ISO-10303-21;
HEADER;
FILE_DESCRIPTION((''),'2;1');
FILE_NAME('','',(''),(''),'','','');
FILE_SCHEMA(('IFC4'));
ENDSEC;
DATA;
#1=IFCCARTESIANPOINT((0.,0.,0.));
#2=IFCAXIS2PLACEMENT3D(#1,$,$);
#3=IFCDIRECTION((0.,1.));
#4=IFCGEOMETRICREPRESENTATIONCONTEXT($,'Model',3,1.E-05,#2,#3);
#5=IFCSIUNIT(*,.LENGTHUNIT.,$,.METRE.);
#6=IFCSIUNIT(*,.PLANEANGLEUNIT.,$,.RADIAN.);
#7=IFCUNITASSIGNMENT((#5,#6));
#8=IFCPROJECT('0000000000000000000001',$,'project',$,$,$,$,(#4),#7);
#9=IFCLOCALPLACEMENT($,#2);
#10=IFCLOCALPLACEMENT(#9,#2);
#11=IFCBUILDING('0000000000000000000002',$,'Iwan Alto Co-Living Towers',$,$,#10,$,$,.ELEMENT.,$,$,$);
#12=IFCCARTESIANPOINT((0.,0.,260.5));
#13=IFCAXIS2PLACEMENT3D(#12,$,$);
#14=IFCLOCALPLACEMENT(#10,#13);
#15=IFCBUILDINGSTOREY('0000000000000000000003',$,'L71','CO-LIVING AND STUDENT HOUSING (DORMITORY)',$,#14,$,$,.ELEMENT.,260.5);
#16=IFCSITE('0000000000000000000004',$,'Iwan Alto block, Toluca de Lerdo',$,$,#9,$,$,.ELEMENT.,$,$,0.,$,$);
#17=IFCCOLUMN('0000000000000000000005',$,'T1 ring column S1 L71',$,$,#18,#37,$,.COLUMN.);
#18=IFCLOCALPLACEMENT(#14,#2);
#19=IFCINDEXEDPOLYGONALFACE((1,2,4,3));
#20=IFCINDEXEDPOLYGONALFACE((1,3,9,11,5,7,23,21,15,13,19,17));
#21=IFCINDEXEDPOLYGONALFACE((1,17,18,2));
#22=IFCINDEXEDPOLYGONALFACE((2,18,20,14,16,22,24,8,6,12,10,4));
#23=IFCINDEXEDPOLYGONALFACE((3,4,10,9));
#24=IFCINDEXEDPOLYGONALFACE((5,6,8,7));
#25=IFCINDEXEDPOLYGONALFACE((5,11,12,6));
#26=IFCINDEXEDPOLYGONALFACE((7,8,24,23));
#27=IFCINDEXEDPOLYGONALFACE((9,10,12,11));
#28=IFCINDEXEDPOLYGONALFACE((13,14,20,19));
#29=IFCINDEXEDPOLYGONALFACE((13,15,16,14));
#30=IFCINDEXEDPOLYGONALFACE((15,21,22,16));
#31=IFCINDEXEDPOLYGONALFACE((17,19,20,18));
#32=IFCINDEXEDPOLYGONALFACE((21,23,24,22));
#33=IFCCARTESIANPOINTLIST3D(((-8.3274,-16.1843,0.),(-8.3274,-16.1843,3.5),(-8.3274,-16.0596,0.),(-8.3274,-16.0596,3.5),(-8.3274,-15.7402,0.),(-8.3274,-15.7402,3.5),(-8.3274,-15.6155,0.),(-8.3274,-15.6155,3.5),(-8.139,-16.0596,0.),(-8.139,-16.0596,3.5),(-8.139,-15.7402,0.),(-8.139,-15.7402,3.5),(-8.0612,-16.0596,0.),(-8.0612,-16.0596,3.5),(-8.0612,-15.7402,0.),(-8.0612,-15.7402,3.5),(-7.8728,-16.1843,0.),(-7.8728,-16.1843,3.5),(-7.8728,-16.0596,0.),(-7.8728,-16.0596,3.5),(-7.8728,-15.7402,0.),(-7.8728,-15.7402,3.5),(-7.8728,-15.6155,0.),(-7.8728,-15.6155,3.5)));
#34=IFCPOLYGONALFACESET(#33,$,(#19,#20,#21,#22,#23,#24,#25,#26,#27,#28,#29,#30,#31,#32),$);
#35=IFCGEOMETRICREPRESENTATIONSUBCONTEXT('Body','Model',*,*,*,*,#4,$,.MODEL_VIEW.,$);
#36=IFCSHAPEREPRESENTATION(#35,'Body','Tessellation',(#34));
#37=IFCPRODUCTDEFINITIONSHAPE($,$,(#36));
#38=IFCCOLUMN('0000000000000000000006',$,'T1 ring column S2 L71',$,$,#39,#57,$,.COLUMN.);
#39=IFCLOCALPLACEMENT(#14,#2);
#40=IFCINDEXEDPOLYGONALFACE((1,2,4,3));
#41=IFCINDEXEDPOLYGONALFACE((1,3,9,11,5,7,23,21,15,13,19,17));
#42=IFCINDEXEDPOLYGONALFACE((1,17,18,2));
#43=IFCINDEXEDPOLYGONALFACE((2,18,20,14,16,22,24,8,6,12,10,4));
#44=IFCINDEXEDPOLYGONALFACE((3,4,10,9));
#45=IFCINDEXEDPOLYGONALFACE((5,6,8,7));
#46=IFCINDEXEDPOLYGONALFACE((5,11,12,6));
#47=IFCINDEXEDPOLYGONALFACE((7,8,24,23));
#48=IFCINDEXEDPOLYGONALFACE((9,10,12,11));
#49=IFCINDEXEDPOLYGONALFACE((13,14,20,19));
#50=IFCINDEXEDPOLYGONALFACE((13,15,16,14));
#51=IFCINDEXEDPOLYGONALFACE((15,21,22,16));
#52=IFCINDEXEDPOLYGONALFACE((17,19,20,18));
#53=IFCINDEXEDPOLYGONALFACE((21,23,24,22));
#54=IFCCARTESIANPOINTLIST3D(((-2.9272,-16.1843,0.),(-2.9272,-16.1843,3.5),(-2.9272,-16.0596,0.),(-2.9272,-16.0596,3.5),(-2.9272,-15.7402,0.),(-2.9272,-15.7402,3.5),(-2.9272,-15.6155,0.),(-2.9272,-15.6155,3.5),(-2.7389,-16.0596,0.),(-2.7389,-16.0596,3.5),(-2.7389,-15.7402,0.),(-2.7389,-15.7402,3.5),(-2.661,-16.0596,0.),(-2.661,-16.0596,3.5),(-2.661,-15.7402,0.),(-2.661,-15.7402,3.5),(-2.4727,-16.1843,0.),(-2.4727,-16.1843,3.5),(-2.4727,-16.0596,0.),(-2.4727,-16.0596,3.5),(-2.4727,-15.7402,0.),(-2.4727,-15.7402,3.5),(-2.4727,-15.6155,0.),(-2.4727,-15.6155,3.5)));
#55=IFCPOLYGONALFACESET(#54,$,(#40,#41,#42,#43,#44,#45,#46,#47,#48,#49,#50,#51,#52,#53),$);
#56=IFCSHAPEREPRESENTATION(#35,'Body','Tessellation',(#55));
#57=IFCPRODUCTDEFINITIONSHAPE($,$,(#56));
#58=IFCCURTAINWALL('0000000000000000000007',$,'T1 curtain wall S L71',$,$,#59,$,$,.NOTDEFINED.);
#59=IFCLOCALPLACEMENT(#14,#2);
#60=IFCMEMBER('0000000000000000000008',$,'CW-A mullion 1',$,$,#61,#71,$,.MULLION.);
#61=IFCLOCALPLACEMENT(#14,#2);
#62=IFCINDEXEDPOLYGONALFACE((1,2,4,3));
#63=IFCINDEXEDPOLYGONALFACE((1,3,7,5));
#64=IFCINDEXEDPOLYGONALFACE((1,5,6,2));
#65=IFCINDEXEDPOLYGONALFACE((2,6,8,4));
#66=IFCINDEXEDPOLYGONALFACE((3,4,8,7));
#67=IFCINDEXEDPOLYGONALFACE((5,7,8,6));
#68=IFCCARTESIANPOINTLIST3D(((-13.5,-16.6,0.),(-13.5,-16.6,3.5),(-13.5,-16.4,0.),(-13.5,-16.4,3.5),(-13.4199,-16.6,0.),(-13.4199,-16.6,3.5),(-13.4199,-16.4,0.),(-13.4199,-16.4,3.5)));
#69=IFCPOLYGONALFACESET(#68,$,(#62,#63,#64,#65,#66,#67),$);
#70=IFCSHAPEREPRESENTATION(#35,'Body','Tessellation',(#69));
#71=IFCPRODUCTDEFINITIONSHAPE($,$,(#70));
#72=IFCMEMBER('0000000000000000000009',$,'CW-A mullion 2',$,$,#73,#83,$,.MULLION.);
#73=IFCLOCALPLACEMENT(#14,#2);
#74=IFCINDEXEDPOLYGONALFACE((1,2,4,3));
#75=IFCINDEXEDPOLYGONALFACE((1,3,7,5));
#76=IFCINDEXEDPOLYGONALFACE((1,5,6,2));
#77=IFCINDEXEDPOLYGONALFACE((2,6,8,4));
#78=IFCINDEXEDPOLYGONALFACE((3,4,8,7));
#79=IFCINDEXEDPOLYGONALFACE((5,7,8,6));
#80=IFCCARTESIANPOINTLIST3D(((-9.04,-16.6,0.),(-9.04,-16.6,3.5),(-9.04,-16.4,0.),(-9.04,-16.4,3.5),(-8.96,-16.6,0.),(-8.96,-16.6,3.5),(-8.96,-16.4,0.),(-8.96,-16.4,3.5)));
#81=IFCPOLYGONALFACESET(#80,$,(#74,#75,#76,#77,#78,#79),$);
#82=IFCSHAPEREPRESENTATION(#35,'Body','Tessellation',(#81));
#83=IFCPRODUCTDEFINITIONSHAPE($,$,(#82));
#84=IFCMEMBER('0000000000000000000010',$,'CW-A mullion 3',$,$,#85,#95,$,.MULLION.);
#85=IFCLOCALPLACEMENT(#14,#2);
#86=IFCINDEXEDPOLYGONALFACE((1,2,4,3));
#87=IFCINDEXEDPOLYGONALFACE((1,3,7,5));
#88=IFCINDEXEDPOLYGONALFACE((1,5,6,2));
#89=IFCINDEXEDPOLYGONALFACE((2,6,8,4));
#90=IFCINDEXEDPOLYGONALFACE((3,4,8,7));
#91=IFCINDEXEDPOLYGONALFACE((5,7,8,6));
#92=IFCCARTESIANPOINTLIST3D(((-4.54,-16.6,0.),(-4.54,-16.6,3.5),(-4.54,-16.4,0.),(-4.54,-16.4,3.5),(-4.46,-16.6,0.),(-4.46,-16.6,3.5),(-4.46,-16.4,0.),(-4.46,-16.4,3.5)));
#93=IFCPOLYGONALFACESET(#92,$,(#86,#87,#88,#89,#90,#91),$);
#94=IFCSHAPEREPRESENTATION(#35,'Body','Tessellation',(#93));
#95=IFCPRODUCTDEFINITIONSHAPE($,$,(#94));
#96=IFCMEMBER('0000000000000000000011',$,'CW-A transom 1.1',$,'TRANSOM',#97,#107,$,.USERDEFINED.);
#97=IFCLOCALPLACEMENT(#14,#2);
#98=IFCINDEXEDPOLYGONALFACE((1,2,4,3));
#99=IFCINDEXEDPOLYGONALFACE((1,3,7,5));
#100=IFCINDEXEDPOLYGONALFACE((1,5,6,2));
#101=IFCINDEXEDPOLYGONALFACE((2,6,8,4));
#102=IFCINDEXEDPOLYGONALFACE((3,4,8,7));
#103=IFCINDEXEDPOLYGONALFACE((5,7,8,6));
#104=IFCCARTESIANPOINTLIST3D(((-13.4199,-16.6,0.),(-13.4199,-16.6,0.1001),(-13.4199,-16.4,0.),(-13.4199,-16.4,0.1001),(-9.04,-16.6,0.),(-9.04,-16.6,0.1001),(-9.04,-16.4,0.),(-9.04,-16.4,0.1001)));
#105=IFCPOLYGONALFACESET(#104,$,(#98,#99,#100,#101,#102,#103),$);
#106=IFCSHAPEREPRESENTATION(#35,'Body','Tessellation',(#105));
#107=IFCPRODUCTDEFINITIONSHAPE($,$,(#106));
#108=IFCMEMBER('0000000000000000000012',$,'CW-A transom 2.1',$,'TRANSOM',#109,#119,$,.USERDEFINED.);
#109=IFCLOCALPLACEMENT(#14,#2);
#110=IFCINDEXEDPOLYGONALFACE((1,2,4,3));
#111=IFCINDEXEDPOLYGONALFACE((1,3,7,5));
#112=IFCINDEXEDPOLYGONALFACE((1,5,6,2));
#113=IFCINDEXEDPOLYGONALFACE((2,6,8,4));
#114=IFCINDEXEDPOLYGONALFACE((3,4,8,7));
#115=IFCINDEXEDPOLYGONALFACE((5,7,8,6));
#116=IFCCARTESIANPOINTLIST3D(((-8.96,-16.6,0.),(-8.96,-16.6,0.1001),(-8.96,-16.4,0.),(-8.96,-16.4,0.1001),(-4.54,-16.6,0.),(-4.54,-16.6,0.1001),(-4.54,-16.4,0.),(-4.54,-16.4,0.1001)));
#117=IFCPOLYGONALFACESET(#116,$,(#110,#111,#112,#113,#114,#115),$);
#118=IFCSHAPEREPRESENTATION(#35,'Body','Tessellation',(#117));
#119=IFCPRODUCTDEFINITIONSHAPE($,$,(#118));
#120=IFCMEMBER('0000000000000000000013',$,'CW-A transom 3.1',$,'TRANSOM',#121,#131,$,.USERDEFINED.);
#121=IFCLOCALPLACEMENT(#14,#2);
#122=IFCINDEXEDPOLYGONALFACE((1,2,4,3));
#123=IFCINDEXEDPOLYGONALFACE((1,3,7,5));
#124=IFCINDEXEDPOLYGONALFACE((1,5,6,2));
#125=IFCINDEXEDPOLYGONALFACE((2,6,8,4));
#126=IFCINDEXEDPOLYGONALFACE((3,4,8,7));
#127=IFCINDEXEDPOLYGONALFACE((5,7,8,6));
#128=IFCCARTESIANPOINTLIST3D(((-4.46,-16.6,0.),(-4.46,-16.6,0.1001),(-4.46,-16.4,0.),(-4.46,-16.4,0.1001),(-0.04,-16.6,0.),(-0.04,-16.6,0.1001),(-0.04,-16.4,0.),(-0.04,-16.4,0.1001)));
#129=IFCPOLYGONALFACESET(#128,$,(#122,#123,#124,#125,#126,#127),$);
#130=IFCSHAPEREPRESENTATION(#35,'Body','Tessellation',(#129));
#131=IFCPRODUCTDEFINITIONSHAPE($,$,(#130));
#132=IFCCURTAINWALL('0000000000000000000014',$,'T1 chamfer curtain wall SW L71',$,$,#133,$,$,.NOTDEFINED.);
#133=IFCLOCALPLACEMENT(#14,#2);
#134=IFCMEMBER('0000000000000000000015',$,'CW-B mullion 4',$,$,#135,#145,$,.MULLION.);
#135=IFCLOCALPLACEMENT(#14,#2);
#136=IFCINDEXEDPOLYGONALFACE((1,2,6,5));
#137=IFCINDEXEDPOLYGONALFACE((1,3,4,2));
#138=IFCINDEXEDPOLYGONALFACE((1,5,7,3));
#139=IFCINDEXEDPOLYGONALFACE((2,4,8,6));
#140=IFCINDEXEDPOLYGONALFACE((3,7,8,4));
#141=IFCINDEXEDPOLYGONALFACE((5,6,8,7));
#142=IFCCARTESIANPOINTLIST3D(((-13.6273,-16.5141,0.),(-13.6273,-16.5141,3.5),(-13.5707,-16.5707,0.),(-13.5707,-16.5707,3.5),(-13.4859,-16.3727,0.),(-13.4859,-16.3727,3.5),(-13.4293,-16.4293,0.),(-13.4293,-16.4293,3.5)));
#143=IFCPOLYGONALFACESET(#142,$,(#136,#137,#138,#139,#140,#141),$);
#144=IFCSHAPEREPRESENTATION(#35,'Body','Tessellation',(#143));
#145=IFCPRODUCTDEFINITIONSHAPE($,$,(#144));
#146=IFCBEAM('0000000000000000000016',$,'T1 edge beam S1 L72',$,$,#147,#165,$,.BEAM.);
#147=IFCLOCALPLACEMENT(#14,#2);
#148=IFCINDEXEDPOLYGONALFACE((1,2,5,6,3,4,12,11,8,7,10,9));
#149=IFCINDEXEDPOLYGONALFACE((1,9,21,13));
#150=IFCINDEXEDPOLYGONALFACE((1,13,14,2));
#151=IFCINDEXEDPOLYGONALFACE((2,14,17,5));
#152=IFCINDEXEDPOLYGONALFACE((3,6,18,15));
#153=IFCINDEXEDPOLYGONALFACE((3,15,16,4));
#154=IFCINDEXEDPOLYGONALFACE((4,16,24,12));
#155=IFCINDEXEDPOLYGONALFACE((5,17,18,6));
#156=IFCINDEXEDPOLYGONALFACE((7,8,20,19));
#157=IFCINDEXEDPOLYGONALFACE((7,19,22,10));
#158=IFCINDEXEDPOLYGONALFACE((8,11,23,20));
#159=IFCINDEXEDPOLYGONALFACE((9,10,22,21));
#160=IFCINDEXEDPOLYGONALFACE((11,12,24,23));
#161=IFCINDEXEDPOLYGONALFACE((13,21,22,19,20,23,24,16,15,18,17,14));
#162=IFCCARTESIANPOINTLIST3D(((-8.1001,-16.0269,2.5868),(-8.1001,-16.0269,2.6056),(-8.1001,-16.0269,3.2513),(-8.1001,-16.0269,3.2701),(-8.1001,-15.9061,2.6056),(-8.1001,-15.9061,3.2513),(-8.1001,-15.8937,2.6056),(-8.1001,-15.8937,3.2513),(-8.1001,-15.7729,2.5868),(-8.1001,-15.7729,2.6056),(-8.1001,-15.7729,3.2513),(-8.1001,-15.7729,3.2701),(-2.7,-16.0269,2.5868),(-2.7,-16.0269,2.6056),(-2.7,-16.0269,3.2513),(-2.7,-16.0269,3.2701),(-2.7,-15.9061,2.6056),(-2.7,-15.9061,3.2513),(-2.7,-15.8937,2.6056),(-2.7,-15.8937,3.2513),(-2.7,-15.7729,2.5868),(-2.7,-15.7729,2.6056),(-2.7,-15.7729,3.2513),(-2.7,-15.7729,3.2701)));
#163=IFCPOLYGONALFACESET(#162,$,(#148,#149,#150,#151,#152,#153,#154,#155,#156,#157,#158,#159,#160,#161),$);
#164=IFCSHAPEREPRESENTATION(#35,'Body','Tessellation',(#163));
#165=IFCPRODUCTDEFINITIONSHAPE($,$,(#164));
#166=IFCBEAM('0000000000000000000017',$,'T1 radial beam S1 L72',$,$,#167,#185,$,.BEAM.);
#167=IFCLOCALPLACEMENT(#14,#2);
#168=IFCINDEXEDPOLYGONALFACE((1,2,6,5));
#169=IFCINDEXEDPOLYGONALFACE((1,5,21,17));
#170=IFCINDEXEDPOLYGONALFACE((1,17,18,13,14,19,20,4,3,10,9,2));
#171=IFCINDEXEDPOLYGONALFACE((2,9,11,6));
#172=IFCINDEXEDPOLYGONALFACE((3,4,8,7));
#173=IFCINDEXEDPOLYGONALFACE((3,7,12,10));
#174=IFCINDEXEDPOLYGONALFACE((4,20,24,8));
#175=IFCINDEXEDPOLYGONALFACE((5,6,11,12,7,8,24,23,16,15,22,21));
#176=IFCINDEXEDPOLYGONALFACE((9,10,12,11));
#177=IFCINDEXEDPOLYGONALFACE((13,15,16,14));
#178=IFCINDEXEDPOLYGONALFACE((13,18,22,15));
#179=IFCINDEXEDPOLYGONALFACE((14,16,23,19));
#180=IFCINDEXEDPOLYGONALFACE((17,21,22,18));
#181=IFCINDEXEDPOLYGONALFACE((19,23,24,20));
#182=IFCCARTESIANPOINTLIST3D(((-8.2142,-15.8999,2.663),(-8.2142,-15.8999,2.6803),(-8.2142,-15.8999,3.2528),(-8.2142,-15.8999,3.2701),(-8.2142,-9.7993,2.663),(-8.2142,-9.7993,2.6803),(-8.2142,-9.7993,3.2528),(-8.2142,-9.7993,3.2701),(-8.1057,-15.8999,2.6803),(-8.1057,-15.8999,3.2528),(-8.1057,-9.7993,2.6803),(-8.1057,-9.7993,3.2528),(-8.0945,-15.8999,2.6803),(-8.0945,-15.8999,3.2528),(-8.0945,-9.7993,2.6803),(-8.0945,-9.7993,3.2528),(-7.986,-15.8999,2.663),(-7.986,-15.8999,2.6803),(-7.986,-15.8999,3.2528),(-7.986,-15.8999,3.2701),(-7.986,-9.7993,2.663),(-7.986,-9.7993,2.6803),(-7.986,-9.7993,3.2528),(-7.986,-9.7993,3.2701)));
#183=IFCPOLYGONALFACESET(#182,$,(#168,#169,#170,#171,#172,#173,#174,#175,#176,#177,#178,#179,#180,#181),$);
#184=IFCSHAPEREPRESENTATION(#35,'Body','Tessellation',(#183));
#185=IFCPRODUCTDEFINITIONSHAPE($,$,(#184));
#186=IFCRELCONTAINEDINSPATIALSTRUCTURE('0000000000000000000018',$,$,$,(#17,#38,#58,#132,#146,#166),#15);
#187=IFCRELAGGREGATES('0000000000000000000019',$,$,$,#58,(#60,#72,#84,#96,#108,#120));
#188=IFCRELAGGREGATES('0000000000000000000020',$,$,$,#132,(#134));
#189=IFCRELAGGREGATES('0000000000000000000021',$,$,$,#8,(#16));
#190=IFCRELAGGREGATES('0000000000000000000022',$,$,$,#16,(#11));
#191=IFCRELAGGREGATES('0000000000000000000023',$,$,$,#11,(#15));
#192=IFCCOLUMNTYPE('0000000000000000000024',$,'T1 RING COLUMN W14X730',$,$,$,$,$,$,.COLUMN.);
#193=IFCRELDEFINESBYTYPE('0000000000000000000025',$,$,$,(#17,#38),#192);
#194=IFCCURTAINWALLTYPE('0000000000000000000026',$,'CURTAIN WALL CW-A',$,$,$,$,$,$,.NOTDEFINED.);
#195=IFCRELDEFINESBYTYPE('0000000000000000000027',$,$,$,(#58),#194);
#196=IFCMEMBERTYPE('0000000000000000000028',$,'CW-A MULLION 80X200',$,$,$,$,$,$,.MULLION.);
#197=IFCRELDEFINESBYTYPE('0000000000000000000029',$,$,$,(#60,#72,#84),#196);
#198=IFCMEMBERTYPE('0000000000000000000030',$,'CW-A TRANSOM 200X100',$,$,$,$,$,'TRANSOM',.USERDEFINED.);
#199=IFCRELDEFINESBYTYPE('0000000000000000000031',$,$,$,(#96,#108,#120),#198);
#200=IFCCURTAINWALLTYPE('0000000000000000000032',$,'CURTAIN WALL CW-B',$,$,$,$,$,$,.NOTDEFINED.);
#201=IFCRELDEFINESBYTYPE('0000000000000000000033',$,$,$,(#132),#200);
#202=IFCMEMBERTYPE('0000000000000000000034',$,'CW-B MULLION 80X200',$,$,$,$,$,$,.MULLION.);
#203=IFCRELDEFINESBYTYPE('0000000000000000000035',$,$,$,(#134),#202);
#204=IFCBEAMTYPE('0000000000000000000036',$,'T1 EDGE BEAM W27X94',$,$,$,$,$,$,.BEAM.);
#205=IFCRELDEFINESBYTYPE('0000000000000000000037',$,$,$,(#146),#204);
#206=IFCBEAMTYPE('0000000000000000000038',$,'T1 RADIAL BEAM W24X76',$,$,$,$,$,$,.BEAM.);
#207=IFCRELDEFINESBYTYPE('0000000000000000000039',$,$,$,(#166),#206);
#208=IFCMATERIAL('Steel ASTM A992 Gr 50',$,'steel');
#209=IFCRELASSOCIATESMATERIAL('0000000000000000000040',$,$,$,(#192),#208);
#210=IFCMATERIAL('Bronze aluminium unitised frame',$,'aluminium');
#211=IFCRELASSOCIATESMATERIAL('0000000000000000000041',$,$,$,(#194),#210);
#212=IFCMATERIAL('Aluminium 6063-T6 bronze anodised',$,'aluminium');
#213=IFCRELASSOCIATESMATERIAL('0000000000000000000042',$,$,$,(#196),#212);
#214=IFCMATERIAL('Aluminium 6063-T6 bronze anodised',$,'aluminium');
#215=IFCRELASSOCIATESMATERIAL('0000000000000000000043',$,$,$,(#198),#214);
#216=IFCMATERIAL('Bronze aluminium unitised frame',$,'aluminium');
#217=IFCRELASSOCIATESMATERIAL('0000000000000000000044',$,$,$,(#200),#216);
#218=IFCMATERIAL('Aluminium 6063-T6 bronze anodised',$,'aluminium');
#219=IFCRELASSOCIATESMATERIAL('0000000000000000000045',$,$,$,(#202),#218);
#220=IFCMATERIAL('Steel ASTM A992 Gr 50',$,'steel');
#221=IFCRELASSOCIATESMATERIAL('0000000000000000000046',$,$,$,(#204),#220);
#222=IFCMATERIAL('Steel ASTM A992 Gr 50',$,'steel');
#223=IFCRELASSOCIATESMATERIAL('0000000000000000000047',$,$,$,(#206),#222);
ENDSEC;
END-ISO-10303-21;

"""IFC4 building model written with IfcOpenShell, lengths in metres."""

from ifc_helpers import new_model, si_unit, direction, frame, origin, origin_2d, place, context, subcontext, project, spatial, rectangle, i_section, extrude, material, material_profile, profile_set, type_object, element, aggregate, save


model = new_model("IFC4")

# Units and contexts
model_context = context("Model", 3, precision=1e-05, world=origin(), true_north=direction((0.0, 1.0)))
body_context = subcontext(model_context, "Body", "Model", "MODEL_VIEW")
ifc_project = project(units=[si_unit("LENGTHUNIT", "METRE"), si_unit("PLANEANGLEUNIT", "RADIAN")], contexts=[model_context])

# Site, building, storey
site_placement = place(None, origin())
site = spatial("IfcSite", under=ifc_project, at=site_placement, Name="Iwan Alto block, Toluca de Lerdo", CompositionType="ELEMENT", RefElevation=0.0)
building_placement = place(site_placement, origin())
building = spatial("IfcBuilding", under=site, at=building_placement, Name="Iwan Alto Co-Living Towers", CompositionType="ELEMENT")
storey_placement = place(building_placement, frame((0.0, 0.0, 260.5)))
storey = spatial("IfcBuildingStorey", under=building, at=storey_placement, Name="L71", Description="CO-LIVING AND STUDENT HOUSING (DORMITORY)", CompositionType="ELEMENT", Elevation=260.5)

# Columns
ifc_material_1 = material(Name="Steel ASTM A992 Gr 50", Category="steel")
ifc_material_profile_1 = material_profile(ifc_material_1, i_section(OverallWidth=0.4546, OverallDepth=0.5688, WebThickness=0.0779, FlangeThickness=0.1248, at=origin_2d()), Name="W14X730")
ifc_profile_set_1 = profile_set([ifc_material_profile_1], Name="Steel ASTM A992 Gr 50")
column_type = type_object("IfcColumnType", Name="T1 RING COLUMN W14X730", PredefinedType="COLUMN", material=ifc_profile_set_1)
for number, where, z_axis, x_axis, name in (
    (1, (-8.1001, -15.8999, 0.0), (0.0, 0.0, 1.0), (1.0, 0.0, 0.0), "T1 ring column S1 L71"),
    (2, (-2.7, -15.8999, 0.0), (0.0, 0.0, 1.0), (1.0, 0.0, 0.0), "T1 ring column S2 L71"),
):
    element("IfcColumn", number, at=place(storey_placement, frame(where, z_axis=z_axis, x_axis=x_axis)), inside=storey, type_object=column_type, Name=name, PredefinedType="COLUMN", context=body_context, shape_type="SweptSolid", body=[
        extrude(i_section(OverallWidth=0.4546, OverallDepth=0.5688, WebThickness=0.0779, FlangeThickness=0.1248, at=origin_2d()), origin(), (0.0, 0.0, 1.0), 3.5),
    ])

# Curtain wall, members
ifc_material_2 = material(Name="Bronze aluminium unitised frame", Category="aluminium")
curtain_wall_type_1 = type_object("IfcCurtainWallType", Name="CURTAIN WALL CW-A", PredefinedType="NOTDEFINED", material=ifc_material_2)
curtain_wall_1_placement = place(storey_placement, origin())
curtain_wall_1 = element("IfcCurtainWall", 3, at=curtain_wall_1_placement, inside=storey, type_object=curtain_wall_type_1, Name="T1 curtain wall S L71", PredefinedType="NOTDEFINED")
ifc_material_3 = material(Name="Aluminium 6063-T6 bronze anodised", Category="aluminium")
ifc_material_profile_2 = material_profile(ifc_material_3, rectangle(XDim=0.2, YDim=0.0801, at=origin_2d()), Name="AL 80X200")
ifc_profile_set_2 = profile_set([ifc_material_profile_2], Name="Aluminium 6063-T6 bronze anodised")
member_type_1 = type_object("IfcMemberType", Name="CW-A MULLION 80X200", PredefinedType="MULLION", material=ifc_profile_set_2)
member_1_placement = place(storey_placement, frame((-13.46, -16.5, 0.0), z_axis=(0.0, 0.0, 1.0), x_axis=(0.0, 1.0, 0.0)))
member_1 = element("IfcMember", 4, at=member_1_placement, type_object=member_type_1, Name="CW-A mullion 1", PredefinedType="MULLION", context=body_context, shape_type="SweptSolid", body=[
    extrude(rectangle(XDim=0.2, YDim=0.0801, at=origin_2d()), origin(), (0.0, 0.0, 1.0), 3.5),
])
member_2_placement = place(storey_placement, frame((-9.0, -16.5, 0.0), z_axis=(0.0, 0.0, 1.0), x_axis=(0.0, 1.0, 0.0)))
member_2 = element("IfcMember", 5, at=member_2_placement, type_object=member_type_1, Name="CW-A mullion 2", PredefinedType="MULLION", context=body_context, shape_type="SweptSolid", body=[
    extrude(rectangle(XDim=0.2, YDim=0.0801, at=origin_2d()), origin(), (0.0, 0.0, 1.0), 3.5),
])
member_3_placement = place(storey_placement, frame((-4.5, -16.5, 0.0), z_axis=(0.0, 0.0, 1.0), x_axis=(0.0, 1.0, 0.0)))
member_3 = element("IfcMember", 6, at=member_3_placement, type_object=member_type_1, Name="CW-A mullion 3", PredefinedType="MULLION", context=body_context, shape_type="SweptSolid", body=[
    extrude(rectangle(XDim=0.2, YDim=0.0801, at=origin_2d()), origin(), (0.0, 0.0, 1.0), 3.5),
])
ifc_material_4 = material(Name="Aluminium 6063-T6 bronze anodised", Category="aluminium")
ifc_material_profile_3 = material_profile(ifc_material_4, rectangle(XDim=0.2, YDim=0.1001, at=origin_2d()), Name="AL 200X100")
ifc_profile_set_3 = profile_set([ifc_material_profile_3], Name="Aluminium 6063-T6 bronze anodised")
member_type_2 = type_object("IfcMemberType", Name="CW-A TRANSOM 200X100", ElementType="TRANSOM", PredefinedType="USERDEFINED", material=ifc_profile_set_3)
member_4_placement = place(storey_placement, frame((-13.4199, -16.5, 0.05), z_axis=(1.0, 0.0, 0.0), x_axis=(0.0, 1.0, 0.0)))
member_4 = element("IfcMember", 7, at=member_4_placement, type_object=member_type_2, Name="CW-A transom 1.1", ObjectType="TRANSOM", PredefinedType="USERDEFINED", context=body_context, shape_type="SweptSolid", body=[
    extrude(rectangle(XDim=0.2, YDim=0.1001, at=origin_2d()), origin(), (0.0, 0.0, 1.0), 4.3799),
])
member_5_placement = place(storey_placement, frame((-8.96, -16.5, 0.05), z_axis=(1.0, 0.0, 0.0), x_axis=(0.0, 1.0, 0.0)))
member_5 = element("IfcMember", 8, at=member_5_placement, type_object=member_type_2, Name="CW-A transom 2.1", ObjectType="TRANSOM", PredefinedType="USERDEFINED", context=body_context, shape_type="SweptSolid", body=[
    extrude(rectangle(XDim=0.2, YDim=0.1001, at=origin_2d()), origin(), (0.0, 0.0, 1.0), 4.4199),
])
member_6_placement = place(storey_placement, frame((-4.46, -16.5, 0.05), z_axis=(1.0, 0.0, 0.0), x_axis=(0.0, 1.0, 0.0)))
member_6 = element("IfcMember", 9, at=member_6_placement, type_object=member_type_2, Name="CW-A transom 3.1", ObjectType="TRANSOM", PredefinedType="USERDEFINED", context=body_context, shape_type="SweptSolid", body=[
    extrude(rectangle(XDim=0.2, YDim=0.1001, at=origin_2d()), origin(), (0.0, 0.0, 1.0), 4.4199),
])

# Curtain wall, member
ifc_material_5 = material(Name="Bronze aluminium unitised frame", Category="aluminium")
curtain_wall_type_2 = type_object("IfcCurtainWallType", Name="CURTAIN WALL CW-B", PredefinedType="NOTDEFINED", material=ifc_material_5)
curtain_wall_2_placement = place(storey_placement, origin())
curtain_wall_2 = element("IfcCurtainWall", 10, at=curtain_wall_2_placement, inside=storey, type_object=curtain_wall_type_2, Name="T1 chamfer curtain wall SW L71", PredefinedType="NOTDEFINED")
ifc_material_6 = material(Name="Aluminium 6063-T6 bronze anodised", Category="aluminium")
ifc_material_profile_4 = material_profile(ifc_material_6, rectangle(XDim=0.2, YDim=0.0801, at=origin_2d()), Name="AL 80X200")
ifc_profile_set_4 = profile_set([ifc_material_profile_4], Name="Aluminium 6063-T6 bronze anodised")
member_type_3 = type_object("IfcMemberType", Name="CW-B MULLION 80X200", PredefinedType="MULLION", material=ifc_profile_set_4)
member_7_placement = place(storey_placement, frame((-13.5283, -16.4717, 0.0), z_axis=(0.0, 0.0, 1.0), x_axis=(0.707107, 0.707107, 0.0)))
member_7 = element("IfcMember", 11, at=member_7_placement, type_object=member_type_3, Name="CW-B mullion 4", PredefinedType="MULLION", context=body_context, shape_type="SweptSolid", body=[
    extrude(rectangle(XDim=0.2, YDim=0.0801, at=origin_2d()), origin(), (0.0, 0.0, 1.0), 3.5),
])

# Beams
ifc_material_7 = material(Name="Steel ASTM A992 Gr 50", Category="steel")
ifc_material_profile_5 = material_profile(ifc_material_7, i_section(OverallWidth=0.2539, OverallDepth=0.6833, WebThickness=0.0125, FlangeThickness=0.0188, at=origin_2d()), Name="W27X94")
ifc_profile_set_5 = profile_set([ifc_material_profile_5], Name="Steel ASTM A992 Gr 50")
beam_type_1 = type_object("IfcBeamType", Name="T1 EDGE BEAM W27X94", PredefinedType="BEAM", material=ifc_profile_set_5)
beam_1_placement = place(storey_placement, frame((-8.1001, -15.8999, 2.9285), z_axis=(1.0, 0.0, 0.0), x_axis=(0.0, 1.0, 0.0)))
element("IfcBeam", 12, at=beam_1_placement, inside=storey, type_object=beam_type_1, Name="T1 edge beam S1 L72", PredefinedType="BEAM", context=body_context, shape_type="SweptSolid", body=[
    extrude(i_section(OverallWidth=0.2539, OverallDepth=0.6833, WebThickness=0.0125, FlangeThickness=0.0188, at=origin_2d()), origin(), (0.0, 0.0, 1.0), 5.4001),
])
ifc_material_8 = material(Name="Steel ASTM A992 Gr 50", Category="steel")
ifc_material_profile_6 = material_profile(ifc_material_8, i_section(OverallWidth=0.2283, OverallDepth=0.6072, WebThickness=0.0112, FlangeThickness=0.0173, at=origin_2d()), Name="W24X76")
ifc_profile_set_6 = profile_set([ifc_material_profile_6], Name="Steel ASTM A992 Gr 50")
beam_type_2 = type_object("IfcBeamType", Name="T1 RADIAL BEAM W24X76", PredefinedType="BEAM", material=ifc_profile_set_6)
beam_2_placement = place(storey_placement, frame((-8.1001, -15.8999, 2.9666), z_axis=(0.0, 1.0, 0.0), x_axis=(-1.0, 0.0, 0.0)))
element("IfcBeam", 13, at=beam_2_placement, inside=storey, type_object=beam_type_2, Name="T1 radial beam S1 L72", PredefinedType="BEAM", context=body_context, shape_type="SweptSolid", body=[
    extrude(i_section(OverallWidth=0.2283, OverallDepth=0.6072, WebThickness=0.0112, FlangeThickness=0.0173, at=origin_2d()), origin(), (0.0, 0.0, 1.0), 6.1006),
])

aggregate(curtain_wall_1, [member_1, member_2, member_3, member_4, member_5, member_6])
aggregate(curtain_wall_2, [member_7])

save(model, "model.ifc")
